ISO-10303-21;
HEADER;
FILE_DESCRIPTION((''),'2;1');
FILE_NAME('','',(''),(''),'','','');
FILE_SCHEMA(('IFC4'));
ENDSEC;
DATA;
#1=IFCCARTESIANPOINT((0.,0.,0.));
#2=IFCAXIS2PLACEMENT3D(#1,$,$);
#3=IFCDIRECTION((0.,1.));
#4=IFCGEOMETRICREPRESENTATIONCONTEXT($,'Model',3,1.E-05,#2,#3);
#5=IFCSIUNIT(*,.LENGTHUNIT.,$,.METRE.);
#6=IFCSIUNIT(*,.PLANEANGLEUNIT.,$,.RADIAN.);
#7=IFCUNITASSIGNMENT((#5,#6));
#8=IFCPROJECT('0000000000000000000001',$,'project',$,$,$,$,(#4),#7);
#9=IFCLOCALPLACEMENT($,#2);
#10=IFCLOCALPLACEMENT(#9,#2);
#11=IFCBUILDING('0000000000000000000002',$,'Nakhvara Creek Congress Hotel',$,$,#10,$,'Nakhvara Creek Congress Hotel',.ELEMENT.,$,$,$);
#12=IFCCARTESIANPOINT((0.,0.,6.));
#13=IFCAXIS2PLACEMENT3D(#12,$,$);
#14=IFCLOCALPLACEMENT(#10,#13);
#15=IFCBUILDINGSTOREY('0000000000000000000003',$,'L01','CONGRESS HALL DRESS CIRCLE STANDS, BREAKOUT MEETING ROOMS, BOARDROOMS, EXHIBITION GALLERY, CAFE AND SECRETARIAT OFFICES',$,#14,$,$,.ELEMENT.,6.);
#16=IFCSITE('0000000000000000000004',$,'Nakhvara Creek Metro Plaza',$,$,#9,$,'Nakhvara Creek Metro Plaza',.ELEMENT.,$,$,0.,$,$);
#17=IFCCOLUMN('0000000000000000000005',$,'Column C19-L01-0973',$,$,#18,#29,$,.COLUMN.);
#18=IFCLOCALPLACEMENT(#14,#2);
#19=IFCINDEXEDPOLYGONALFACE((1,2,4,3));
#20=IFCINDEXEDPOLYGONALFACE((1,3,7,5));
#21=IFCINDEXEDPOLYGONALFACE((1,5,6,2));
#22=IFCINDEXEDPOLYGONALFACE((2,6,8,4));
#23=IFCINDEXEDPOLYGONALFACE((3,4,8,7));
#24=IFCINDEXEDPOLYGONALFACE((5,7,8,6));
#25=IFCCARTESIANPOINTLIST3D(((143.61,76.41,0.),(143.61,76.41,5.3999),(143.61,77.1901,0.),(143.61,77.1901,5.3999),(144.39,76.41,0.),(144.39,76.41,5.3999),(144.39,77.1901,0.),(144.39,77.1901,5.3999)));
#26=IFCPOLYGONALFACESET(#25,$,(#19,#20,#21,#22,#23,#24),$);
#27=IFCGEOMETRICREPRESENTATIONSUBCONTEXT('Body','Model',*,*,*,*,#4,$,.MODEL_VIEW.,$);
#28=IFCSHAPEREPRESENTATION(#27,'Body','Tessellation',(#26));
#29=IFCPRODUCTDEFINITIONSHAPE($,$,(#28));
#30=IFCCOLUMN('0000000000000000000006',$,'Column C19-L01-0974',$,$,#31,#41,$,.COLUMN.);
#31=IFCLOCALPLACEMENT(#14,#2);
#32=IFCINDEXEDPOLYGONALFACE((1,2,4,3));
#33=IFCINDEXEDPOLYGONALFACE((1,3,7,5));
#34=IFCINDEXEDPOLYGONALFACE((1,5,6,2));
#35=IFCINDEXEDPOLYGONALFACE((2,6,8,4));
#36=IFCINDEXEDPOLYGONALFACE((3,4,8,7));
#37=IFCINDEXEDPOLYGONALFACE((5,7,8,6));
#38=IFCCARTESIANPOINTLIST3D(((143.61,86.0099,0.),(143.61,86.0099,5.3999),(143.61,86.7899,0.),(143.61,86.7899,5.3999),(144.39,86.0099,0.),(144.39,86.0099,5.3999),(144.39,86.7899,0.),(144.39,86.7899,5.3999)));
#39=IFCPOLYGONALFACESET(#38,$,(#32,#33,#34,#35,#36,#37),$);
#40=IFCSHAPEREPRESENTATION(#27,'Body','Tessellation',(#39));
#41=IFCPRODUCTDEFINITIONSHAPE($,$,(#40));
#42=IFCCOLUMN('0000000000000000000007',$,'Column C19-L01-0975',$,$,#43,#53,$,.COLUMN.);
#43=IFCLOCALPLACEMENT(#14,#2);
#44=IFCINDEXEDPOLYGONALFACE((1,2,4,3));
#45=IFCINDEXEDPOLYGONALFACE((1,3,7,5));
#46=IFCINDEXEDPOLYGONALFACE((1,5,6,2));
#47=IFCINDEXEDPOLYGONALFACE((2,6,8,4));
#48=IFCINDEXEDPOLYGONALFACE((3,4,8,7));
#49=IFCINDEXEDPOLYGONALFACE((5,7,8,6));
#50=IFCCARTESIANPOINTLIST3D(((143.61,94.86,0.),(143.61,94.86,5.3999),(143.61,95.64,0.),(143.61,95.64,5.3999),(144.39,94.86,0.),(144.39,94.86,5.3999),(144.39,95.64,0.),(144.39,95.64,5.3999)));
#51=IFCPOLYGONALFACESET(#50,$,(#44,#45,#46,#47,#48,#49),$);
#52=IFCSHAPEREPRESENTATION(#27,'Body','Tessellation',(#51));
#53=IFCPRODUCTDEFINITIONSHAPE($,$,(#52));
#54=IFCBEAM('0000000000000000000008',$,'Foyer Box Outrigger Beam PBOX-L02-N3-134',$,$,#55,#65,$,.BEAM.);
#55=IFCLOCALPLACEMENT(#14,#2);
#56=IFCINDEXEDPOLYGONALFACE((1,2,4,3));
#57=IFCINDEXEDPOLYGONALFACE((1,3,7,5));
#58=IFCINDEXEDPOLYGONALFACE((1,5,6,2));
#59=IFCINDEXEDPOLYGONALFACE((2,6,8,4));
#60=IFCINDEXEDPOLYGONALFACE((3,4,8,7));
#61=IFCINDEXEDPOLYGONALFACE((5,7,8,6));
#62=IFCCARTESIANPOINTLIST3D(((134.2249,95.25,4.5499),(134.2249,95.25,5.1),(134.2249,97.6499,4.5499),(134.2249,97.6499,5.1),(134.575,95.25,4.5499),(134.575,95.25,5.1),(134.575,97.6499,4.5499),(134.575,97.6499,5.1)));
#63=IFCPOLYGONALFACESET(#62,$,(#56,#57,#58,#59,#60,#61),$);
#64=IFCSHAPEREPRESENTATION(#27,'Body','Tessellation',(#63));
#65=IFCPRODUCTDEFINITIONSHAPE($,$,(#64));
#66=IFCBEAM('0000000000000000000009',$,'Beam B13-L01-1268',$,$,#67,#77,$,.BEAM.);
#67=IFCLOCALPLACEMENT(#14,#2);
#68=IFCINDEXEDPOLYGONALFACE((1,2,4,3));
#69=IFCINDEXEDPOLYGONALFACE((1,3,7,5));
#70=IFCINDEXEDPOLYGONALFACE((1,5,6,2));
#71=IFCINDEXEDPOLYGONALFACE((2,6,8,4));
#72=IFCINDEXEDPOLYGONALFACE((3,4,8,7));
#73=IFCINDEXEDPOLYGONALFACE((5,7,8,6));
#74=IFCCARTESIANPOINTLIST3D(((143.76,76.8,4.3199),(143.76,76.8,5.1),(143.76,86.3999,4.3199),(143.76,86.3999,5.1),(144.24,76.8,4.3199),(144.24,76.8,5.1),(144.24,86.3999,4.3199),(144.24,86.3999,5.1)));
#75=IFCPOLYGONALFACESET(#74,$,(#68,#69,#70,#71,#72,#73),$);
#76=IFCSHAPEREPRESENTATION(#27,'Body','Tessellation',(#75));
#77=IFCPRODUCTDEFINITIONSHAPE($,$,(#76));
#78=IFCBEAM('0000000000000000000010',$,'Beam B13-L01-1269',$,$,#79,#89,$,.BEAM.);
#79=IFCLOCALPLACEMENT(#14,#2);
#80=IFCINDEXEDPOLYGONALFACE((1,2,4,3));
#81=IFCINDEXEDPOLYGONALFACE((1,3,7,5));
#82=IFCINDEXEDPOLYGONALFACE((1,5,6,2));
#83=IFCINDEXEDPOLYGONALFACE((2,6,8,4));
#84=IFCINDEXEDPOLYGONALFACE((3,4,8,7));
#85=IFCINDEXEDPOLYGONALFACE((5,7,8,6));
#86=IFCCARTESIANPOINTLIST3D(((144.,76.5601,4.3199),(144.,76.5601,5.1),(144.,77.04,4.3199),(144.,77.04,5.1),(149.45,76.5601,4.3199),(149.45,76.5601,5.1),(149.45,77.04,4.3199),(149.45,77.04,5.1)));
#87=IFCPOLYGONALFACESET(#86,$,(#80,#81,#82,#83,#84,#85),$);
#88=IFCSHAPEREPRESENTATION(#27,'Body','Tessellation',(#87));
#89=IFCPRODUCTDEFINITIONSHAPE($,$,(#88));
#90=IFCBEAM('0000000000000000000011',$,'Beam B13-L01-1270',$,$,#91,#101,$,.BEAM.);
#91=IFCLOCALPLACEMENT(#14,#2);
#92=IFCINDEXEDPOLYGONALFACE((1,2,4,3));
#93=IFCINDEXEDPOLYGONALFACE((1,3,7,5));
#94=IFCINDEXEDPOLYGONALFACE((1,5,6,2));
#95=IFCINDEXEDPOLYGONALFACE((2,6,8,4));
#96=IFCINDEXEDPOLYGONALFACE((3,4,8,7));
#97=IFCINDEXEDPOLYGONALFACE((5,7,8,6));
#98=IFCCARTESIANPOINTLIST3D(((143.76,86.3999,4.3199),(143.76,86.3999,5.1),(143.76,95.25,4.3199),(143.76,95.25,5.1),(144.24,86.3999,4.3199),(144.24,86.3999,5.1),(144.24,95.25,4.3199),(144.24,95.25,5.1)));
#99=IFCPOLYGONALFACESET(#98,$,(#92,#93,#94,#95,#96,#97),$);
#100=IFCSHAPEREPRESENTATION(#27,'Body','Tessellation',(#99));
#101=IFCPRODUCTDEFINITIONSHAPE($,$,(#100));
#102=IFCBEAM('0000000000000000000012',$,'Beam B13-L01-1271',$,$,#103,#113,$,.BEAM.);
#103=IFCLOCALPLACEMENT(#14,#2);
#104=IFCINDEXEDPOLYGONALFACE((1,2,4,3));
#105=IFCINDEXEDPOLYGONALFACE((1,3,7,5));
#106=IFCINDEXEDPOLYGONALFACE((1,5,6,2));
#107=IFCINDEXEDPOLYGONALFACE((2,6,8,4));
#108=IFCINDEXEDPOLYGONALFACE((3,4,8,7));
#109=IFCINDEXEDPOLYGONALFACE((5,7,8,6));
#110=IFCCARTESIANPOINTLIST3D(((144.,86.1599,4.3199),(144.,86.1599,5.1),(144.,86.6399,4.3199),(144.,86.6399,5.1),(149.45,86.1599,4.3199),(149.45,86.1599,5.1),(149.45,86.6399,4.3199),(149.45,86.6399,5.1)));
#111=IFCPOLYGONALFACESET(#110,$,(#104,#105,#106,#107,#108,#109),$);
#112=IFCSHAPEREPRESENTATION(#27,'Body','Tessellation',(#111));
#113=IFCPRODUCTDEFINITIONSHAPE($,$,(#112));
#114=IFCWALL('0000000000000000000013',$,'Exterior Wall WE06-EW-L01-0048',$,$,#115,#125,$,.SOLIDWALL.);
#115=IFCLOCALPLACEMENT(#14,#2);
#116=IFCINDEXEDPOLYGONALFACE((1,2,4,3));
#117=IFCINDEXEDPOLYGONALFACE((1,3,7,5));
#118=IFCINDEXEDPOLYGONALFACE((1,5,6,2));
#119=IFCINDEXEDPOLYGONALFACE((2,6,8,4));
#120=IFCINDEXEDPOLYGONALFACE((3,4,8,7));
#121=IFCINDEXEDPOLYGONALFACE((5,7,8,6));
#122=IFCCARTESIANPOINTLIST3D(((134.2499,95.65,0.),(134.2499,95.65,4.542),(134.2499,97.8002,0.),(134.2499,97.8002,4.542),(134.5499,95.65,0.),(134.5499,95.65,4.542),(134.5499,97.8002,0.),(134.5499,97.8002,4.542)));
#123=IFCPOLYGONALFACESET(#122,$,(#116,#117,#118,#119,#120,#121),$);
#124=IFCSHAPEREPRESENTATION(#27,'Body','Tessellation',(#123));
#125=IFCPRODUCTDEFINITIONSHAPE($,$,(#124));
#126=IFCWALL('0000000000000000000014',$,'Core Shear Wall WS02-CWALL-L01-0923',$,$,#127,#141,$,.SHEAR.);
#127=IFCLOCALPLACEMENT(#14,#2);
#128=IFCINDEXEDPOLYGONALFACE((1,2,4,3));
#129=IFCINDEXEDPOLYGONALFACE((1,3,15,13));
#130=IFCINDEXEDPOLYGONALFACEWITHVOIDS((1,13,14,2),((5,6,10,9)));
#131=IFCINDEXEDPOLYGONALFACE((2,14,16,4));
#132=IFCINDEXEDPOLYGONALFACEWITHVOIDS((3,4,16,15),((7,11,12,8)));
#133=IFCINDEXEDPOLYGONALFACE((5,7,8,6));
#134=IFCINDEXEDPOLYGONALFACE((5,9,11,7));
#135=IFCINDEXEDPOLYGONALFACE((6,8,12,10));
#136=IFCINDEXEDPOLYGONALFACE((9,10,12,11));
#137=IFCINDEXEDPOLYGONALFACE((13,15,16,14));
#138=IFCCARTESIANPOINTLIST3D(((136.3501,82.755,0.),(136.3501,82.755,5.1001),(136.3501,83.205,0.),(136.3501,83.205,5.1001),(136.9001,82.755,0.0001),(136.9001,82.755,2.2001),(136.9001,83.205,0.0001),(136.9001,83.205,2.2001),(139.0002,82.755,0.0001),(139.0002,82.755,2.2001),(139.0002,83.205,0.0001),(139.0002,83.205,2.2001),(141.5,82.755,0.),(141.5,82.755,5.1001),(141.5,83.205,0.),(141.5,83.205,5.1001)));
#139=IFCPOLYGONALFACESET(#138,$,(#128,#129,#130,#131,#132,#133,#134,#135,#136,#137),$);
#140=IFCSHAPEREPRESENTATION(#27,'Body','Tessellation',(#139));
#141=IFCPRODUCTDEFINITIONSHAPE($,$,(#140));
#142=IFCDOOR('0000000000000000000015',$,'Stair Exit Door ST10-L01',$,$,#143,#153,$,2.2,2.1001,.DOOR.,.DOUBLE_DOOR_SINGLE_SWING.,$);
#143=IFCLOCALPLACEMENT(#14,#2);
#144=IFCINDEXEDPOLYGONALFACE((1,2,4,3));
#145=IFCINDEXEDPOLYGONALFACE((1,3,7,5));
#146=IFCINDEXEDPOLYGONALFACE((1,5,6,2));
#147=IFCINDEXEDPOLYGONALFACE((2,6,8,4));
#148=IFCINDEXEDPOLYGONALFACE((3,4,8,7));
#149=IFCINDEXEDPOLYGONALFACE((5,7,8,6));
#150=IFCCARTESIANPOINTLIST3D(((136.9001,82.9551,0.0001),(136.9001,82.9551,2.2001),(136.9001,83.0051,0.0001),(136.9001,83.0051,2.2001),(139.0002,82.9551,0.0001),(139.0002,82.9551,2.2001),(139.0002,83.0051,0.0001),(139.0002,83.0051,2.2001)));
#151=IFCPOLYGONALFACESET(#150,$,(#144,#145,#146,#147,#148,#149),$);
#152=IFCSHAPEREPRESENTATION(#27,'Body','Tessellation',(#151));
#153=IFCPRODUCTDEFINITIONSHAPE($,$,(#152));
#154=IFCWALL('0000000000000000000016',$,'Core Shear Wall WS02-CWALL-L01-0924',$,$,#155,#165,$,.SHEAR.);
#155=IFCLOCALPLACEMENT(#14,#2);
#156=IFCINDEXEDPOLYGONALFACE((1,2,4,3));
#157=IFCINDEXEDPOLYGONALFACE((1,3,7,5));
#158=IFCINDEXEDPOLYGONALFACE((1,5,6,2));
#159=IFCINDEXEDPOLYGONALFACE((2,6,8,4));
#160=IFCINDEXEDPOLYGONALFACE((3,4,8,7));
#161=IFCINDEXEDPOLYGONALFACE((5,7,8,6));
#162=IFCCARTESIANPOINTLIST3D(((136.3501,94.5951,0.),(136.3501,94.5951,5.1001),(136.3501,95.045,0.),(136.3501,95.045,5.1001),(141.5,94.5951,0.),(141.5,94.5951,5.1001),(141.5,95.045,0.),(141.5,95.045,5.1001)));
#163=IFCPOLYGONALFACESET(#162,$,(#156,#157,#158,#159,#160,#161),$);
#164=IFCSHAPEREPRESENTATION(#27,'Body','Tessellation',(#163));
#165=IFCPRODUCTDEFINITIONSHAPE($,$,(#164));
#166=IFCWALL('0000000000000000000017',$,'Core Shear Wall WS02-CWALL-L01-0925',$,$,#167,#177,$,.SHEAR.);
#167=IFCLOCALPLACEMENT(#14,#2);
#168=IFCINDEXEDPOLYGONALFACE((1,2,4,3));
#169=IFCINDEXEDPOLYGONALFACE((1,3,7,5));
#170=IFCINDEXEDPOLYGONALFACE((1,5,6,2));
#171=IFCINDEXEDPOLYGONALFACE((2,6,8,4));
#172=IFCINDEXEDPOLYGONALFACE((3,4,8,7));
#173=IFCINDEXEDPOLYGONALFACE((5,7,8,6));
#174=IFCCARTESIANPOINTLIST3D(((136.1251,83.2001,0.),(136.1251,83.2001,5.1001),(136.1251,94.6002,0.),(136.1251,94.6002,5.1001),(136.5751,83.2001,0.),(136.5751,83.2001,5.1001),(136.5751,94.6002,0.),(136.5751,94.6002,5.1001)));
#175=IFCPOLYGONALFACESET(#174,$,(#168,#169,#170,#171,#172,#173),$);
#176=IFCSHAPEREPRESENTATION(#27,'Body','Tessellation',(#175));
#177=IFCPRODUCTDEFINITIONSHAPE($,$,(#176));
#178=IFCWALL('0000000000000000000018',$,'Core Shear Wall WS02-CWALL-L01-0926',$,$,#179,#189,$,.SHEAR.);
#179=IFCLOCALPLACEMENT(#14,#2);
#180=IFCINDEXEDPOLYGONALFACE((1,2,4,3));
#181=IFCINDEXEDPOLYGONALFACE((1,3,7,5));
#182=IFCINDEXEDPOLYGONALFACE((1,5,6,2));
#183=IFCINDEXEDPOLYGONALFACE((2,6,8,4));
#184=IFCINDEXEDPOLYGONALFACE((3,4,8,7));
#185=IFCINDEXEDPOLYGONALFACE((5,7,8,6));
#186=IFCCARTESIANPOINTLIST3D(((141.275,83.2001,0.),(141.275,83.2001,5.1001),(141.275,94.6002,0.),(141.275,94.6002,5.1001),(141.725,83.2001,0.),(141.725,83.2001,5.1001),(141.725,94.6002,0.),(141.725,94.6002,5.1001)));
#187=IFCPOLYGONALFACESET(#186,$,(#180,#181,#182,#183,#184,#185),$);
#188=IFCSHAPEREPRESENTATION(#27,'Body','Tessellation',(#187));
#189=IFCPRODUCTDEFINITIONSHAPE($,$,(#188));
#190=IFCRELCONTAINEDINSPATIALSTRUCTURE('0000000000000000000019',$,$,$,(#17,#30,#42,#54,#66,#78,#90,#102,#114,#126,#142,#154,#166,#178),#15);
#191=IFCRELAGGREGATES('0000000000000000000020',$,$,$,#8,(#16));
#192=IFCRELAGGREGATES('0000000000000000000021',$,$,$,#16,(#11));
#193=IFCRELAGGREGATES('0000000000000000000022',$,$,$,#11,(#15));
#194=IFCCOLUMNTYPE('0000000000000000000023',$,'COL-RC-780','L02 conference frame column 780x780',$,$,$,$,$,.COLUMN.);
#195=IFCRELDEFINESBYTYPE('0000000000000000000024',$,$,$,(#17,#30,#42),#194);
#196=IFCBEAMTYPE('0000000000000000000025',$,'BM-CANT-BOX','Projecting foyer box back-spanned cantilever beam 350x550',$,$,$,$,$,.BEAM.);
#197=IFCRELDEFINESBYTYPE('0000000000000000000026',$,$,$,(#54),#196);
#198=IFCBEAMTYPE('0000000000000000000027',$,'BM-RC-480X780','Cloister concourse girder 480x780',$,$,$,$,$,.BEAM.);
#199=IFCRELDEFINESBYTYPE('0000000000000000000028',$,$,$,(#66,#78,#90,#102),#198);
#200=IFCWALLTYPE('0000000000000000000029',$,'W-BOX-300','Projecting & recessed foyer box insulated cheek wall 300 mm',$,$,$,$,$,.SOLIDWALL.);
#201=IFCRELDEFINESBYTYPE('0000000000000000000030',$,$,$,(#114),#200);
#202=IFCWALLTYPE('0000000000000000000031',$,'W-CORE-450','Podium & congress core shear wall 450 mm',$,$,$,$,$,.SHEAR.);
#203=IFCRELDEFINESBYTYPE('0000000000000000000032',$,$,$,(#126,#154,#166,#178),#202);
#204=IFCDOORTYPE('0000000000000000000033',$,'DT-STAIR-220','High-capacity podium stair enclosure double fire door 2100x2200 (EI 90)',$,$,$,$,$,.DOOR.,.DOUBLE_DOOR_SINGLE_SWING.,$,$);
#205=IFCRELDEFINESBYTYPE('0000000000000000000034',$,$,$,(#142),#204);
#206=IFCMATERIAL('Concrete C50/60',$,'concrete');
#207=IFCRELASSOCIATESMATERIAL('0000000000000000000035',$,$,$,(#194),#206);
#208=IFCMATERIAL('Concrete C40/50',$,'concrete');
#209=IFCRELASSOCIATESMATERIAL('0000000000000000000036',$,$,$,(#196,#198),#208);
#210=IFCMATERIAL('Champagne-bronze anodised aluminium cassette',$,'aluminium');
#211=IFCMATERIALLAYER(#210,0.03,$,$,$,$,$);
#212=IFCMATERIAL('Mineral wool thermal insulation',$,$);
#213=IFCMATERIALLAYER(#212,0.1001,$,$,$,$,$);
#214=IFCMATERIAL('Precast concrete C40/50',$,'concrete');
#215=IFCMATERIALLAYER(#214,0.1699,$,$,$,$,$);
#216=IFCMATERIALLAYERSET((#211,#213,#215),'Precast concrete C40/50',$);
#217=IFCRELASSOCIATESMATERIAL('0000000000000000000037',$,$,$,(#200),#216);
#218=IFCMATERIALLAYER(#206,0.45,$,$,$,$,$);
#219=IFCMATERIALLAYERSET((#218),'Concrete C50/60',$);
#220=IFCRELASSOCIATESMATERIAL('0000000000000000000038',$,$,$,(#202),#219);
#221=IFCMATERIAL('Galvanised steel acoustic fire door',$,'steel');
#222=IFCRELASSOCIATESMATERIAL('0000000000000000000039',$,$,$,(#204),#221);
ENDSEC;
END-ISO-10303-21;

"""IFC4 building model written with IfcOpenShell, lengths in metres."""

from ifc_helpers import new_model, si_unit, direction, frame, frame_2d, origin, origin_2d, place, context, subcontext, project, spatial, rectangle, extrude, material, layer, layer_set, material_profile, profile_set, type_object, element, fill, save


model = new_model("IFC4")

# Units and contexts
model_context = context("Model", 3, precision=1e-05, world=origin(), true_north=direction((0.0, 1.0)))
body_context = subcontext(model_context, "Body", "Model", "MODEL_VIEW")
ifc_project = project(units=[si_unit("LENGTHUNIT", "METRE"), si_unit("PLANEANGLEUNIT", "RADIAN")], contexts=[model_context])

# Site, building, storey
site_placement = place(None, origin())
site = spatial("IfcSite", under=ifc_project, at=site_placement, Name="Nakhvara Creek Metro Plaza", LongName="Nakhvara Creek Metro Plaza", CompositionType="ELEMENT", RefElevation=0.0)
building_placement = place(site_placement, origin())
building = spatial("IfcBuilding", under=site, at=building_placement, Name="Nakhvara Creek Congress Hotel", LongName="Nakhvara Creek Congress Hotel", CompositionType="ELEMENT")
storey_placement = place(building_placement, frame((0.0, 0.0, 6.0)))
storey = spatial("IfcBuildingStorey", under=building, at=storey_placement, Name="L01", Description="CONGRESS HALL DRESS CIRCLE STANDS, BREAKOUT MEETING ROOMS, BOARDROOMS, EXHIBITION GALLERY, CAFE AND SECRETARIAT OFFICES", CompositionType="ELEMENT", Elevation=6.0)

# Columns
ifc_material_1 = material(Name="Concrete C50/60", Category="concrete")
ifc_material_profile_1 = material_profile(ifc_material_1, rectangle(XDim=0.78, YDim=0.78, at=origin_2d()), Name="RC-COL 780x780", Category="LoadBearing")
ifc_profile_set_1 = profile_set([ifc_material_profile_1], Name="Concrete C50/60")
column_type = type_object("IfcColumnType", Name="COL-RC-780", Description="L02 conference frame column 780x780", PredefinedType="COLUMN", material=ifc_profile_set_1)
for number, where, z_axis, x_axis, name in (
    (1, (144.0, 76.8, 0.0), (0.0, 0.0, 1.0), (1.0, 0.0, 0.0), "Column C19-L01-0973"),
    (2, (144.0, 86.3999, 0.0), (0.0, 0.0, 1.0), (1.0, 0.0, 0.0), "Column C19-L01-0974"),
    (3, (144.0, 95.25, 0.0), (0.0, 0.0, 1.0), (1.0, 0.0, 0.0), "Column C19-L01-0975"),
):
    element("IfcColumn", number, at=place(storey_placement, frame(where, z_axis=z_axis, x_axis=x_axis)), inside=storey, type_object=column_type, Name=name, PredefinedType="COLUMN", context=body_context, shape_type="SweptSolid", body=[
        extrude(rectangle(XDim=0.78, YDim=0.78, at=origin_2d()), origin(), (0.0, 0.0, 1.0), 5.3999),
    ])

# Beams
ifc_material_2 = material(Name="Concrete C40/50", Category="concrete")
ifc_material_profile_2 = material_profile(ifc_material_2, rectangle(XDim=0.3501, YDim=0.55, at=origin_2d()), Name="RC-BM 350x550", Category="LoadBearing")
ifc_profile_set_2 = profile_set([ifc_material_profile_2], Name="Concrete C40/50")
beam_type_1 = type_object("IfcBeamType", Name="BM-CANT-BOX", Description="Projecting foyer box back-spanned cantilever beam 350x550", PredefinedType="BEAM", material=ifc_profile_set_2)
beam_1_placement = place(storey_placement, frame((134.3999, 95.25, 4.825), z_axis=(0.0, 1.0, 0.0), x_axis=(-1.0, 0.0, 0.0)))
element("IfcBeam", 4, at=beam_1_placement, inside=storey, type_object=beam_type_1, Name="Foyer Box Outrigger Beam PBOX-L02-N3-134", PredefinedType="BEAM", context=body_context, shape_type="SweptSolid", body=[
    extrude(rectangle(XDim=0.3501, YDim=0.55, at=origin_2d()), origin(), (0.0, 0.0, 1.0), 2.3999),
])
ifc_material_profile_3 = material_profile(ifc_material_2, rectangle(XDim=0.48, YDim=0.78, at=origin_2d()), Name="RC-BM 480x780", Category="LoadBearing")
ifc_profile_set_3 = profile_set([ifc_material_profile_3], Name="Concrete C40/50")
beam_type_2 = type_object("IfcBeamType", Name="BM-RC-480X780", Description="Cloister concourse girder 480x780", PredefinedType="BEAM", material=ifc_profile_set_3)
beam_2_placement = place(storey_placement, frame((144.0, 76.8, 4.71), z_axis=(0.0, 1.0, 0.0), x_axis=(-1.0, 0.0, 0.0)))
element("IfcBeam", 5, at=beam_2_placement, inside=storey, type_object=beam_type_2, Name="Beam B13-L01-1268", PredefinedType="BEAM", context=body_context, shape_type="SweptSolid", body=[
    extrude(rectangle(XDim=0.48, YDim=0.78, at=origin_2d()), origin(), (0.0, 0.0, 1.0), 9.5999),
])
beam_3_placement = place(storey_placement, frame((144.0, 76.8, 4.71), z_axis=(1.0, 0.0, 0.0), x_axis=(0.0, 1.0, 0.0)))
element("IfcBeam", 6, at=beam_3_placement, inside=storey, type_object=beam_type_2, Name="Beam B13-L01-1269", PredefinedType="BEAM", context=body_context, shape_type="SweptSolid", body=[
    extrude(rectangle(XDim=0.48, YDim=0.78, at=origin_2d()), origin(), (0.0, 0.0, 1.0), 5.45),
])
beam_4_placement = place(storey_placement, frame((144.0, 86.3999, 4.71), z_axis=(0.0, 1.0, 0.0), x_axis=(-1.0, 0.0, 0.0)))
element("IfcBeam", 7, at=beam_4_placement, inside=storey, type_object=beam_type_2, Name="Beam B13-L01-1270", PredefinedType="BEAM", context=body_context, shape_type="SweptSolid", body=[
    extrude(rectangle(XDim=0.48, YDim=0.78, at=origin_2d()), origin(), (0.0, 0.0, 1.0), 8.8501),
])
beam_5_placement = place(storey_placement, frame((144.0, 86.3999, 4.71), z_axis=(1.0, 0.0, 0.0), x_axis=(0.0, 1.0, 0.0)))
element("IfcBeam", 8, at=beam_5_placement, inside=storey, type_object=beam_type_2, Name="Beam B13-L01-1271", PredefinedType="BEAM", context=body_context, shape_type="SweptSolid", body=[
    extrude(rectangle(XDim=0.48, YDim=0.78, at=origin_2d()), origin(), (0.0, 0.0, 1.0), 5.45),
])

# Wall
ifc_material_3 = material(Name="Champagne-bronze anodised aluminium cassette", Category="aluminium")
ifc_layer_1 = layer(ifc_material_3, 0.03)
ifc_material_4 = material(Name="Mineral wool thermal insulation")
ifc_layer_2 = layer(ifc_material_4, 0.1001)
ifc_material_5 = material(Name="Precast concrete C40/50", Category="concrete")
ifc_layer_3 = layer(ifc_material_5, 0.1699)
ifc_layer_set_1 = layer_set([ifc_layer_1, ifc_layer_2, ifc_layer_3], Name="Precast concrete C40/50")
wall_type_1 = type_object("IfcWallType", Name="W-BOX-300", Description="Projecting & recessed foyer box insulated cheek wall 300 mm", PredefinedType="SOLIDWALL", material=ifc_layer_set_1)
wall_1_placement = place(storey_placement, frame((134.3999, 95.6499, 0.0), z_axis=(0.0, 0.0, 1.0), x_axis=(0.0, 1.0, 0.0)))
element("IfcWall", 9, at=wall_1_placement, inside=storey, type_object=wall_type_1, Name="Exterior Wall WE06-EW-L01-0048", PredefinedType="SOLIDWALL", context=body_context, shape_type="SweptSolid", body=[
    extrude(rectangle(XDim=2.1501, YDim=0.3, at=frame_2d((1.0752, 0.0))), origin(), (0.0, 0.0, 1.0), 4.542),
])

# Wall, opening, door
ifc_layer_4 = layer(ifc_material_1, 0.45)
ifc_layer_set_2 = layer_set([ifc_layer_4], Name="Concrete C50/60")
wall_type_2 = type_object("IfcWallType", Name="W-CORE-450", Description="Podium & congress core shear wall 450 mm", PredefinedType="SHEAR", material=ifc_layer_set_2)
wall_2_placement = place(storey_placement, frame((136.3501, 82.98, 0.0), z_axis=(0.0, 0.0, 1.0), x_axis=(1.0, 0.0, 0.0)))
wall_2 = element("IfcWall", 10, at=wall_2_placement, inside=storey, type_object=wall_type_2, Name="Core Shear Wall WS02-CWALL-L01-0923", PredefinedType="SHEAR", context=body_context, shape_type="SweptSolid", body=[
    extrude(rectangle(XDim=5.1499, YDim=0.45, at=frame_2d((2.575, 0.0))), origin(), (0.0, 0.0, 1.0), 5.1001),
])
opening_placement = place(wall_2_placement, frame((0.55, 0.0, 0.0)))
opening = element("IfcOpeningElement", 11, at=opening_placement, cuts=wall_2, PredefinedType="OPENING", context=body_context, shape_type="SweptSolid", body=[
    extrude(rectangle(XDim=2.1001, YDim=2.2, at=frame_2d((1.05, 1.1001))), frame((0.0, 0.2368, 0.0), z_axis=(0.0, -1.0, 0.0), x_axis=(1.0, 0.0, 0.0)), (0.0, 0.0, 1.0), 0.4739),
])
ifc_material_6 = material(Name="Galvanised steel acoustic fire door", Category="steel")
door_type = type_object("IfcDoorType", Name="DT-STAIR-220", Description="High-capacity podium stair enclosure double fire door 2100x2200 (EI 90)", OperationType="DOUBLE_DOOR_SINGLE_SWING", PredefinedType="DOOR", material=ifc_material_6)
door_placement = place(opening_placement, frame((2.1001, 0.0, 0.0), z_axis=(0.0, 0.0, 1.0), x_axis=(-1.0, 0.0, 0.0)))
door = element("IfcDoor", 12, at=door_placement, inside=storey, type_object=door_type, Name="Stair Exit Door ST10-L01", OperationType="DOUBLE_DOOR_SINGLE_SWING", OverallHeight=2.2, OverallWidth=2.1001, PredefinedType="DOOR", context=body_context, shape_type="SweptSolid", body=[
    extrude(rectangle(XDim=2.1001, YDim=2.2, at=frame_2d((1.05, 1.1001))), frame((0.0, 0.0249, 0.0), z_axis=(0.0, -1.0, 0.0), x_axis=(1.0, 0.0, 0.0)), (0.0, 0.0, 1.0), 0.05),
])
fill(opening, door)

# Walls
wall_3_placement = place(storey_placement, frame((136.3501, 94.8201, 0.0), z_axis=(0.0, 0.0, 1.0), x_axis=(1.0, 0.0, 0.0)))
element("IfcWall", 13, at=wall_3_placement, inside=storey, type_object=wall_type_2, Name="Core Shear Wall WS02-CWALL-L01-0924", PredefinedType="SHEAR", context=body_context, shape_type="SweptSolid", body=[
    extrude(rectangle(XDim=5.1499, YDim=0.45, at=frame_2d((2.575, 0.0))), origin(), (0.0, 0.0, 1.0), 5.1001),
])
for number, where, z_axis, x_axis, name in (
    (14, (136.3501, 83.2, 0.0), (0.0, 0.0, 1.0), (0.0, 1.0, 0.0), "Core Shear Wall WS02-CWALL-L01-0925"),
    (15, (141.5, 83.2, 0.0), (0.0, 0.0, 1.0), (0.0, 1.0, 0.0), "Core Shear Wall WS02-CWALL-L01-0926"),
):
    element("IfcWall", number, at=place(storey_placement, frame(where, z_axis=z_axis, x_axis=x_axis)), inside=storey, type_object=wall_type_2, Name=name, PredefinedType="SHEAR", context=body_context, shape_type="SweptSolid", body=[
        extrude(rectangle(XDim=11.4001, YDim=0.45, at=frame_2d((5.7002, 0.0))), origin(), (0.0, 0.0, 1.0), 5.1001),
    ])

save(model, "model.ifc")
